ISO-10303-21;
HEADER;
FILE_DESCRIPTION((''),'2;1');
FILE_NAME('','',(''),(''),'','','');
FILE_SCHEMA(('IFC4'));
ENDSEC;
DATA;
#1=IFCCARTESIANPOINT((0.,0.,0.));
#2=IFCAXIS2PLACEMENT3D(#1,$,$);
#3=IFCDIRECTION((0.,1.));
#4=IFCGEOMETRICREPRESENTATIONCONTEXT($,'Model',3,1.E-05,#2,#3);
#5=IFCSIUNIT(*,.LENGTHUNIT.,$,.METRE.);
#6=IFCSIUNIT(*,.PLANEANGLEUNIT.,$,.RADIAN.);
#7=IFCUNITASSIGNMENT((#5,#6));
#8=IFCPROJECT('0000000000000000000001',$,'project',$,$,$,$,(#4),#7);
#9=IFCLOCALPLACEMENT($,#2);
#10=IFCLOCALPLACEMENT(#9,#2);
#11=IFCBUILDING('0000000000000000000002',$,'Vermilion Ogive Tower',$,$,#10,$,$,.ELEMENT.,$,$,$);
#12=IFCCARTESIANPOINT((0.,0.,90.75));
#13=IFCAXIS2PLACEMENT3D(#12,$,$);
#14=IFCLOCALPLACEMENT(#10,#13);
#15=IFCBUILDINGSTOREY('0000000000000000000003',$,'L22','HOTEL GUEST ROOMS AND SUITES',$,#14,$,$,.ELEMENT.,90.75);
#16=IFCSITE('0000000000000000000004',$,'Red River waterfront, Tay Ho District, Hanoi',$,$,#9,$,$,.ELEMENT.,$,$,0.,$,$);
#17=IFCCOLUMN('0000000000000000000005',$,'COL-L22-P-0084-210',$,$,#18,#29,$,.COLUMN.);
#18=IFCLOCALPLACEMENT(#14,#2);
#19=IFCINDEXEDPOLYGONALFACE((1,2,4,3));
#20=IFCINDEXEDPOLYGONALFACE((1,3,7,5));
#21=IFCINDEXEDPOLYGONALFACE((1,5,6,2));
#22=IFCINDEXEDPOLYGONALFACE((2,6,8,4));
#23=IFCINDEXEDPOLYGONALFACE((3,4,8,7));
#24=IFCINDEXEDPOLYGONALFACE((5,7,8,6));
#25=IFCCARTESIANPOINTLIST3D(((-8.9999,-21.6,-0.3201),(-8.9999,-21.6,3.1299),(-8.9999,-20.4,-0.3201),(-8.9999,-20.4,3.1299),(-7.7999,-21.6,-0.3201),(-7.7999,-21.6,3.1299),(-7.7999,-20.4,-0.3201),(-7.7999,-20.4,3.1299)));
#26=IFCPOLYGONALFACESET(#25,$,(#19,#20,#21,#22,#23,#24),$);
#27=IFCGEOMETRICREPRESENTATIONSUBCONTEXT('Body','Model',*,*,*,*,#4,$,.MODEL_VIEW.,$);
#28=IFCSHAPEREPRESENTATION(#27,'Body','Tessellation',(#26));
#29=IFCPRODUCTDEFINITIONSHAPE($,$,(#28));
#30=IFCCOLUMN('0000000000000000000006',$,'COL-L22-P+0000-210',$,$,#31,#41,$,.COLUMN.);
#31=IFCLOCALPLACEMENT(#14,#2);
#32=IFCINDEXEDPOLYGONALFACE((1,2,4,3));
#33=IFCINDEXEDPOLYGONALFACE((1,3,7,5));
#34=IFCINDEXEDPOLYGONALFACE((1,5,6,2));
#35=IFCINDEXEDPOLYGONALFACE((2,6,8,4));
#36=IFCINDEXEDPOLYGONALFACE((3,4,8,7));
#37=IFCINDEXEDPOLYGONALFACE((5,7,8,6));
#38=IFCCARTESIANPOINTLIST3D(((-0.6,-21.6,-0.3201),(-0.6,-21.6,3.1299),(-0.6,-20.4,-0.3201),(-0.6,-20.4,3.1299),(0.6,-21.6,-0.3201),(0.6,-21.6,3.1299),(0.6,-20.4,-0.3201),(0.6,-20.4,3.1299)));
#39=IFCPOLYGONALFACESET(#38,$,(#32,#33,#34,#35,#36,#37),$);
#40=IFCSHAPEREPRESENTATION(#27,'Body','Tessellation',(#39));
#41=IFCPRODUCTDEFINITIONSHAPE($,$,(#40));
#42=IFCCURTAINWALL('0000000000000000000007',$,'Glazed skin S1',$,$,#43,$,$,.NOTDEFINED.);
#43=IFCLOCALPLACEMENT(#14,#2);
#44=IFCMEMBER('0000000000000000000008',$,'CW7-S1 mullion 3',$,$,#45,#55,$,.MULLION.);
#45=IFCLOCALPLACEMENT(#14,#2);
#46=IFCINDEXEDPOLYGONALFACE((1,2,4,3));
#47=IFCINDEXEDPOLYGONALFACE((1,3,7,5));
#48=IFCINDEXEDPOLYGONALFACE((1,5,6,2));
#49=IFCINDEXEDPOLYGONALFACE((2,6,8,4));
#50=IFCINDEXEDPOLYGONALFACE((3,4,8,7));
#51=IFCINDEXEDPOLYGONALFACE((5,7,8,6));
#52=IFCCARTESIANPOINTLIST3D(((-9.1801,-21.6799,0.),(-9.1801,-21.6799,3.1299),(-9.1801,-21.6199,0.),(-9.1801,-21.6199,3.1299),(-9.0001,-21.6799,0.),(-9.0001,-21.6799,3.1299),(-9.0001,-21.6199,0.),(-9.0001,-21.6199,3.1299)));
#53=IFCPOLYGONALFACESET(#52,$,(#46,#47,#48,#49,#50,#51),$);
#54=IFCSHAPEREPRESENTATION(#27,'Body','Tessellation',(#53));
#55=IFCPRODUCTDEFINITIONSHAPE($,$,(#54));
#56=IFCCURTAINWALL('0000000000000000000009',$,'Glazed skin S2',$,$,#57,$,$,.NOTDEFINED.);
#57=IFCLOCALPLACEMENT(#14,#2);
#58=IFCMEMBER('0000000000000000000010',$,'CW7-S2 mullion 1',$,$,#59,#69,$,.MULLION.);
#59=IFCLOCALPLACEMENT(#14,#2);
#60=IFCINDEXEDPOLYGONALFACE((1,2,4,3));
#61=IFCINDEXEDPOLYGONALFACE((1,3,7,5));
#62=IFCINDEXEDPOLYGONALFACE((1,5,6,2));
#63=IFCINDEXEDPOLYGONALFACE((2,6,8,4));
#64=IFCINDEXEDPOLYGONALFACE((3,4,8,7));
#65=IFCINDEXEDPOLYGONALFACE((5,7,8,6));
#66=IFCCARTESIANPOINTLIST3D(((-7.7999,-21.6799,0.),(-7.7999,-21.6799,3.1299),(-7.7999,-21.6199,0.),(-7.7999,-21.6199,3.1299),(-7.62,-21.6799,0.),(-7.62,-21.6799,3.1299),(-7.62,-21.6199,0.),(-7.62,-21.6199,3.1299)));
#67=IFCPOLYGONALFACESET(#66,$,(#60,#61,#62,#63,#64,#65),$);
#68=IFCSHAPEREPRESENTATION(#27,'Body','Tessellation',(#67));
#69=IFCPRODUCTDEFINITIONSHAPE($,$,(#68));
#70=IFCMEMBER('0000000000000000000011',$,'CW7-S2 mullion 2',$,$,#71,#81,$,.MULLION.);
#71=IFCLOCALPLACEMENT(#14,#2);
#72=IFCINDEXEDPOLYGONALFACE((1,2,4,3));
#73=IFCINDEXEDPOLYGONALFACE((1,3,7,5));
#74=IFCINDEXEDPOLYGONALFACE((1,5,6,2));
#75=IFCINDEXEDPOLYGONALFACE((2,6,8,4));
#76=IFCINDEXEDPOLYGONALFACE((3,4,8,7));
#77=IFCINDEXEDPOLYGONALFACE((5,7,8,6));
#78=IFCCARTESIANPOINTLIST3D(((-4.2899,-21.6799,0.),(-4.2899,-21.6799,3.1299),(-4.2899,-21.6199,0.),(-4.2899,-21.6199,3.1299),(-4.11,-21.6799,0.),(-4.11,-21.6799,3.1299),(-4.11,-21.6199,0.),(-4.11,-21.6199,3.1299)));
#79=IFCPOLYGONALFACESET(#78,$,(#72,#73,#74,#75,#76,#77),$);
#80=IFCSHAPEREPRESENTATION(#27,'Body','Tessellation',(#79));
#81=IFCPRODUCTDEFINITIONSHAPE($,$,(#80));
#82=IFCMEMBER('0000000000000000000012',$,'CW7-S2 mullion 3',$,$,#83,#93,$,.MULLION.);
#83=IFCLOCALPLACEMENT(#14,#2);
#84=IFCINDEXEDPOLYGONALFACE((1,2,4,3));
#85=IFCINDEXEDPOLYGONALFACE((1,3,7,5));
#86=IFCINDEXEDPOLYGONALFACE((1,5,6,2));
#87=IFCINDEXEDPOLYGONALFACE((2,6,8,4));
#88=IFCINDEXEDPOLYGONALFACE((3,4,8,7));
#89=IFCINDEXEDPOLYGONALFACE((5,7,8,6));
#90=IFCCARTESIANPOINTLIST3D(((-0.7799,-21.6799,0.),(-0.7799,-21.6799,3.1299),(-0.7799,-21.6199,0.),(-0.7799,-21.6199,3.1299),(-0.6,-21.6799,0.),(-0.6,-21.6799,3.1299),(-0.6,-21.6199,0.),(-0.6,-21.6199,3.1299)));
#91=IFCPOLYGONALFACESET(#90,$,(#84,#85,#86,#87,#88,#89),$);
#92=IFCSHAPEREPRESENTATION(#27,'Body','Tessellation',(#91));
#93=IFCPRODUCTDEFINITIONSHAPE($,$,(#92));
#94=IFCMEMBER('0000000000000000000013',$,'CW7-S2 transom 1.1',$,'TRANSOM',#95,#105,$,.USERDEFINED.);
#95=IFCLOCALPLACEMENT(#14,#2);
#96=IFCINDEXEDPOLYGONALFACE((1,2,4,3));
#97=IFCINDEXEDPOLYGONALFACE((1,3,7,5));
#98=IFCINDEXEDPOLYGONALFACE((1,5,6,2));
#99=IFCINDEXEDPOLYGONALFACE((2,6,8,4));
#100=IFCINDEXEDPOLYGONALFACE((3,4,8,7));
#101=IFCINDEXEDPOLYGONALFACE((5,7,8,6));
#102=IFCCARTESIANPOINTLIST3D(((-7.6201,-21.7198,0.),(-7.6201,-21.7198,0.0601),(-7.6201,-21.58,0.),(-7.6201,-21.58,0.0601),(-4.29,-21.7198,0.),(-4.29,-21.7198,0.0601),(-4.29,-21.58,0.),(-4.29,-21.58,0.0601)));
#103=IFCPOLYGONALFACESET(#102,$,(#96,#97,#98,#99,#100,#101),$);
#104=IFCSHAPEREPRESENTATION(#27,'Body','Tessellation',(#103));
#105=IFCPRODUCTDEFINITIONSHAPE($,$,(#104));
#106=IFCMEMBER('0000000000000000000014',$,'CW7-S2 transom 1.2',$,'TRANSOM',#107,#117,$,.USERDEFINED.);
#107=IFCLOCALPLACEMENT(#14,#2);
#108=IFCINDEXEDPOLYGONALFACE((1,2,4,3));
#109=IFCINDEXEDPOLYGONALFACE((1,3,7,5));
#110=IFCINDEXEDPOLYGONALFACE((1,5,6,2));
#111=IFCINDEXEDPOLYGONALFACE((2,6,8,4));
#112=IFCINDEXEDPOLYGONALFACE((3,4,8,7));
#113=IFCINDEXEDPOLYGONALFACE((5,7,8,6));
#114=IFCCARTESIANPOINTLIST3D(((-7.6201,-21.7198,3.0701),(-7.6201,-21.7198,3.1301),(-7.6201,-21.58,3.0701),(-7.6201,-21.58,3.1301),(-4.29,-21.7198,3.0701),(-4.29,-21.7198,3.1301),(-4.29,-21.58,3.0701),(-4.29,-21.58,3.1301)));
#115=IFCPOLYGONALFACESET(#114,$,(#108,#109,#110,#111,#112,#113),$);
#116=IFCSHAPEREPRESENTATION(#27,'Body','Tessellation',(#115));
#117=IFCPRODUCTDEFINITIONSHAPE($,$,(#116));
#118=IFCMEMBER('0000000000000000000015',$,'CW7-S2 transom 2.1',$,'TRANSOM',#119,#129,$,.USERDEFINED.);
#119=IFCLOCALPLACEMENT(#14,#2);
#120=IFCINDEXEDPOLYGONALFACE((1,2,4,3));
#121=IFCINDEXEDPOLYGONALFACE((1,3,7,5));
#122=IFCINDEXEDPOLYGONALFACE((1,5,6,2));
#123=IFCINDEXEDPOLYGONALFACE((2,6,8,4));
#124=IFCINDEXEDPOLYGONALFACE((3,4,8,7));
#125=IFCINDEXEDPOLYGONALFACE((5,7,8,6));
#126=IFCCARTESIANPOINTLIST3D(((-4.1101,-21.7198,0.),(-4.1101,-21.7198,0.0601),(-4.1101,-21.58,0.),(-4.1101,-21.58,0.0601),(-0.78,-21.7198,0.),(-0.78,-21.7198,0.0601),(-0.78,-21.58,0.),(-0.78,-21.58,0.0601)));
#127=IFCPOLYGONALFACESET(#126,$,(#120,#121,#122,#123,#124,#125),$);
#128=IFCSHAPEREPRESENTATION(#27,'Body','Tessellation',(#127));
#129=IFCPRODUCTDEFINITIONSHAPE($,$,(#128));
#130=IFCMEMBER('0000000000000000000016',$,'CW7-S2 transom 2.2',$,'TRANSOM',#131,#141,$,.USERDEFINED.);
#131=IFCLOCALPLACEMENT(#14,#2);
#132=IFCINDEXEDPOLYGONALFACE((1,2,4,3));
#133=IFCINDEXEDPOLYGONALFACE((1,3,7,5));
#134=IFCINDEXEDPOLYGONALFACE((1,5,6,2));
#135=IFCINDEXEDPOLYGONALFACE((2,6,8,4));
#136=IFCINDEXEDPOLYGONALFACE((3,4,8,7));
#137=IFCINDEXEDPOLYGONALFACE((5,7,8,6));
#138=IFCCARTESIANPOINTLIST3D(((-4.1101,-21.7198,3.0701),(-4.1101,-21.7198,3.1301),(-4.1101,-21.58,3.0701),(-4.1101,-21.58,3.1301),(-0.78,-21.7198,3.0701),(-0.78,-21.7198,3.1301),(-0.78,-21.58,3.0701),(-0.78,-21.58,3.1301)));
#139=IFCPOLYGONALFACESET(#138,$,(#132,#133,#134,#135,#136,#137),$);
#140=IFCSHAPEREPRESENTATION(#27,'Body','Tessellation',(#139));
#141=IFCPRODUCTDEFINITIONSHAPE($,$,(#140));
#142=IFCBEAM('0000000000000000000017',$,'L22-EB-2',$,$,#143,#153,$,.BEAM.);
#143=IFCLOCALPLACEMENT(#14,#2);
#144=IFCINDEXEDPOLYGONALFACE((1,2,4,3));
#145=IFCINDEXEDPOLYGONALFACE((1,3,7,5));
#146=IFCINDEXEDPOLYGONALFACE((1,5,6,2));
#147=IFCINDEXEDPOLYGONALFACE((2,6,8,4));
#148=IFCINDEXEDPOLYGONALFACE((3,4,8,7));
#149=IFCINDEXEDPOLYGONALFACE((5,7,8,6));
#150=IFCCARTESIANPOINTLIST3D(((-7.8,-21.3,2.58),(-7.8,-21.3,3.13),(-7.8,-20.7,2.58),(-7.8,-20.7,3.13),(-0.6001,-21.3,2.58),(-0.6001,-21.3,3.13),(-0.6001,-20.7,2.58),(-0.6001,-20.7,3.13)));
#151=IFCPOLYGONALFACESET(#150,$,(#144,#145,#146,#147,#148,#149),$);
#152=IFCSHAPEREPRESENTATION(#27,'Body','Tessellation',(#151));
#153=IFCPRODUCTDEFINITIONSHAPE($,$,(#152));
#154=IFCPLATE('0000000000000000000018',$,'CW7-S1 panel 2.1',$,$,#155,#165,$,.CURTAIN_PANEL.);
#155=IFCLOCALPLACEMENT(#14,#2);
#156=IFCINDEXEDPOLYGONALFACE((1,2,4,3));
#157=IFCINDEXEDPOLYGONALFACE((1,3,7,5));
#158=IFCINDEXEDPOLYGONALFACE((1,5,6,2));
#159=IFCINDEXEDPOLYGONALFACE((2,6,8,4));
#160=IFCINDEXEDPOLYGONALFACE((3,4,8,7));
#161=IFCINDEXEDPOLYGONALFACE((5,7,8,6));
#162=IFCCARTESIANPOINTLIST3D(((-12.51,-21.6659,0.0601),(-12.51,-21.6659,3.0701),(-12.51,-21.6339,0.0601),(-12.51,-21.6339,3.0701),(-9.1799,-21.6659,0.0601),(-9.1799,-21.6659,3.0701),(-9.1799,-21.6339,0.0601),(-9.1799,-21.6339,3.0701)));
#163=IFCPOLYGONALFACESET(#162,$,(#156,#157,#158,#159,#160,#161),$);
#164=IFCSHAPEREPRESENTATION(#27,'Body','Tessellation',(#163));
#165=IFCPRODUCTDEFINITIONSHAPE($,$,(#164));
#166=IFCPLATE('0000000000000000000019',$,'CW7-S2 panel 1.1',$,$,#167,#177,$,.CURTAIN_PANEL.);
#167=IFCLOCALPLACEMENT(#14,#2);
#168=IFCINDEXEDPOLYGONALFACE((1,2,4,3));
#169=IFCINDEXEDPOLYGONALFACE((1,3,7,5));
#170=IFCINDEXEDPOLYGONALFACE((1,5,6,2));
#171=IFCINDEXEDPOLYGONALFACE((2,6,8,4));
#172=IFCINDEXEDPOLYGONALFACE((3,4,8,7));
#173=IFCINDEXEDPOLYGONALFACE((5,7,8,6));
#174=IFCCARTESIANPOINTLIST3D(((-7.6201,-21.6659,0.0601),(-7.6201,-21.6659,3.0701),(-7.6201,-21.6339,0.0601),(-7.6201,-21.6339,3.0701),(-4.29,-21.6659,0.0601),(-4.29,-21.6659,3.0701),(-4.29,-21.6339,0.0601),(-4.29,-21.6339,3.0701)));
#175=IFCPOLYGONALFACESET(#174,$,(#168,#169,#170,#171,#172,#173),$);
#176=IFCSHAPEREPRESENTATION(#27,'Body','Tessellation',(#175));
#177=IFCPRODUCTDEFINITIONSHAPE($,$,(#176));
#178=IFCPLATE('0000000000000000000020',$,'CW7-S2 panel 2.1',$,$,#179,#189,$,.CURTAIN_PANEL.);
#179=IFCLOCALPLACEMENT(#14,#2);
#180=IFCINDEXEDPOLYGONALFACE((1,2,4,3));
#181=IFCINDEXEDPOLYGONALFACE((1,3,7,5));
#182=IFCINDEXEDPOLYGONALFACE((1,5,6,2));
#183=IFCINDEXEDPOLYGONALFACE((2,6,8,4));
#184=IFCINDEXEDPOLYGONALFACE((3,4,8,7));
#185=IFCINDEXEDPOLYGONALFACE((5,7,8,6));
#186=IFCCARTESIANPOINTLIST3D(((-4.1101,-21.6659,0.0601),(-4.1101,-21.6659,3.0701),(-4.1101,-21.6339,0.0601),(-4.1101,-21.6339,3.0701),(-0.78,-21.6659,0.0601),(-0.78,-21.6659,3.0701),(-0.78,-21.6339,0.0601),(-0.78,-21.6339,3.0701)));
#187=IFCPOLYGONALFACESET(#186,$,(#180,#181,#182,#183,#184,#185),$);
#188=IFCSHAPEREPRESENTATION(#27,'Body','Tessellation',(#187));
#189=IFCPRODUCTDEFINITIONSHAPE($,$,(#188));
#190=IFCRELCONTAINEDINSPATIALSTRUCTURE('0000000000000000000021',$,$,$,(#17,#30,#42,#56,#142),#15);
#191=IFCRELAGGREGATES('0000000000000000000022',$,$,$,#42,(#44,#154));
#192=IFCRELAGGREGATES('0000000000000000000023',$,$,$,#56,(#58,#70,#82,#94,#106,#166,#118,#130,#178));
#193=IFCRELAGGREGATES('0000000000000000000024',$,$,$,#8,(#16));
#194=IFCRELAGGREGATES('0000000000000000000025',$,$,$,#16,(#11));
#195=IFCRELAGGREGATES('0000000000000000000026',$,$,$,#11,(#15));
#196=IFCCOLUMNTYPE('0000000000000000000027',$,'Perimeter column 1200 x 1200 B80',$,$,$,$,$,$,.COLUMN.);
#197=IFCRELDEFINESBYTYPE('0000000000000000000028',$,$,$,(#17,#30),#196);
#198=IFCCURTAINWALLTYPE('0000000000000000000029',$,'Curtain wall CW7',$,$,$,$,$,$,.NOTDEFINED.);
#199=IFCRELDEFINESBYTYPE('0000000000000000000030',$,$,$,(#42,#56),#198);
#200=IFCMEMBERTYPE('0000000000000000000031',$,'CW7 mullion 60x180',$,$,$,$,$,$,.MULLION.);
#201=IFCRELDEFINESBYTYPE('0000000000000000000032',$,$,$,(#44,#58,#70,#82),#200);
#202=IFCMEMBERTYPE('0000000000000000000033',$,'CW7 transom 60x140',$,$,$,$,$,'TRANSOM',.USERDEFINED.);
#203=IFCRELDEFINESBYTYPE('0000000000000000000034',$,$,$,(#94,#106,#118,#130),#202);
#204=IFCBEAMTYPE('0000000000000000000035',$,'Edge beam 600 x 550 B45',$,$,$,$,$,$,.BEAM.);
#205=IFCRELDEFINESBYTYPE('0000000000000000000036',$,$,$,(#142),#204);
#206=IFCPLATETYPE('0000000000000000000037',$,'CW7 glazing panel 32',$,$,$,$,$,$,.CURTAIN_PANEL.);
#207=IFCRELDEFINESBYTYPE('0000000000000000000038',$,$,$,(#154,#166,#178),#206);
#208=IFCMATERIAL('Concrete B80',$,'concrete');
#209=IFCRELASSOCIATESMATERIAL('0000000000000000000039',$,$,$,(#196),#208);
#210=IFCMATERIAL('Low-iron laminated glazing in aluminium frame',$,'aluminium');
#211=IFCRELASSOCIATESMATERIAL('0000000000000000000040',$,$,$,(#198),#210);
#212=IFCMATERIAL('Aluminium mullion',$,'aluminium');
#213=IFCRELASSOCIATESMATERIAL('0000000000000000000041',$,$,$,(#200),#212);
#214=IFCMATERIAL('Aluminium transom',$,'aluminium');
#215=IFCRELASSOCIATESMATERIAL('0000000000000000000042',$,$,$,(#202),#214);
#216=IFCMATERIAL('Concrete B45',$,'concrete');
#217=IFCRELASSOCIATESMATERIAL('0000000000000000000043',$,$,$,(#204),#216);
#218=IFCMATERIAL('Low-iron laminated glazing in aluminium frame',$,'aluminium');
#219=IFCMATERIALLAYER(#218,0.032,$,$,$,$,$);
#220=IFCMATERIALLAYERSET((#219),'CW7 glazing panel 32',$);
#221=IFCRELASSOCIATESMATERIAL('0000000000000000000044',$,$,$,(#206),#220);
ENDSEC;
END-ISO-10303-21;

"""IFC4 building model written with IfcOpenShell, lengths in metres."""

from ifc_helpers import new_model, si_unit, direction, frame, origin, origin_2d, place, context, subcontext, project, spatial, rectangle, extrude, material, layer, layer_set, material_profile, profile_set, type_object, element, aggregate, save


model = new_model("IFC4")

# Units and contexts
model_context = context("Model", 3, precision=1e-05, world=origin(), true_north=direction((0.0, 1.0)))
body_context = subcontext(model_context, "Body", "Model", "MODEL_VIEW")
ifc_project = project(units=[si_unit("LENGTHUNIT", "METRE"), si_unit("PLANEANGLEUNIT", "RADIAN")], contexts=[model_context])

# Site, building, storey
site_placement = place(None, origin())
site = spatial("IfcSite", under=ifc_project, at=site_placement, Name="Red River waterfront, Tay Ho District, Hanoi", CompositionType="ELEMENT", RefElevation=0.0)
building_placement = place(site_placement, origin())
building = spatial("IfcBuilding", under=site, at=building_placement, Name="Vermilion Ogive Tower", CompositionType="ELEMENT")
storey_placement = place(building_placement, frame((0.0, 0.0, 90.75)))
storey = spatial("IfcBuildingStorey", under=building, at=storey_placement, Name="L22", Description="HOTEL GUEST ROOMS AND SUITES", CompositionType="ELEMENT", Elevation=90.75)

# Columns
ifc_material_1 = material(Name="Concrete B80", Category="concrete")
ifc_material_profile_1 = material_profile(ifc_material_1, rectangle(XDim=1.2, YDim=1.2, at=origin_2d()), Name="1200 x 1200")
ifc_profile_set_1 = profile_set([ifc_material_profile_1], Name="Concrete B80")
column_type = type_object("IfcColumnType", Name="Perimeter column 1200 x 1200 B80", PredefinedType="COLUMN", material=ifc_profile_set_1)
for number, where, z_axis, x_axis, name in (
    (1, (-8.3999, -21.0, -0.3201), (0.0, 0.0, 1.0), (1.0, 0.0, 0.0), "COL-L22-P-0084-210"),
    (2, (0.0, -21.0, -0.3201), (0.0, 0.0, 1.0), (1.0, 0.0, 0.0), "COL-L22-P+0000-210"),
):
    element("IfcColumn", number, at=place(storey_placement, frame(where, z_axis=z_axis, x_axis=x_axis)), inside=storey, type_object=column_type, Name=name, PredefinedType="COLUMN", context=body_context, shape_type="SweptSolid", body=[
        extrude(rectangle(XDim=1.2, YDim=1.2, at=origin_2d()), origin(), (0.0, 0.0, 1.0), 3.45),
    ])

# Curtain wall, member
ifc_material_2 = material(Name="Low-iron laminated glazing in aluminium frame", Category="aluminium")
curtain_wall_type = type_object("IfcCurtainWallType", Name="Curtain wall CW7", PredefinedType="NOTDEFINED", material=ifc_material_2)
curtain_wall_1_placement = place(storey_placement, origin())
curtain_wall_1 = element("IfcCurtainWall", 3, at=curtain_wall_1_placement, inside=storey, type_object=curtain_wall_type, Name="Glazed skin S1", PredefinedType="NOTDEFINED")
ifc_material_3 = material(Name="Aluminium mullion", Category="aluminium")
ifc_material_profile_2 = material_profile(ifc_material_3, rectangle(XDim=0.0601, YDim=0.1799, at=origin_2d()), Name="AL 60x180")
ifc_profile_set_2 = profile_set([ifc_material_profile_2], Name="Aluminium mullion")
member_type_1 = type_object("IfcMemberType", Name="CW7 mullion 60x180", PredefinedType="MULLION", material=ifc_profile_set_2)
member_1_placement = place(storey_placement, frame((-9.0901, -21.6499, 0.0), z_axis=(0.0, 0.0, 1.0), x_axis=(0.0, 1.0, 0.0)))
member_1 = element("IfcMember", 4, at=member_1_placement, type_object=member_type_1, Name="CW7-S1 mullion 3", PredefinedType="MULLION", context=body_context, shape_type="SweptSolid", body=[
    extrude(rectangle(XDim=0.0601, YDim=0.1799, at=origin_2d()), origin(), (0.0, 0.0, 1.0), 3.1299),
])

# Curtain wall, members
curtain_wall_2_placement = place(storey_placement, origin())
curtain_wall_2 = element("IfcCurtainWall", 5, at=curtain_wall_2_placement, inside=storey, type_object=curtain_wall_type, Name="Glazed skin S2", PredefinedType="NOTDEFINED")
member_2_placement = place(storey_placement, frame((-7.71, -21.6499, 0.0), z_axis=(0.0, 0.0, 1.0), x_axis=(0.0, 1.0, 0.0)))
member_2 = element("IfcMember", 6, at=member_2_placement, type_object=member_type_1, Name="CW7-S2 mullion 1", PredefinedType="MULLION", context=body_context, shape_type="SweptSolid", body=[
    extrude(rectangle(XDim=0.0601, YDim=0.1799, at=origin_2d()), origin(), (0.0, 0.0, 1.0), 3.1299),
])
member_3_placement = place(storey_placement, frame((-4.2, -21.6499, 0.0), z_axis=(0.0, 0.0, 1.0), x_axis=(0.0, 1.0, 0.0)))
member_3 = element("IfcMember", 7, at=member_3_placement, type_object=member_type_1, Name="CW7-S2 mullion 2", PredefinedType="MULLION", context=body_context, shape_type="SweptSolid", body=[
    extrude(rectangle(XDim=0.0601, YDim=0.1799, at=origin_2d()), origin(), (0.0, 0.0, 1.0), 3.1299),
])
member_4_placement = place(storey_placement, frame((-0.6899, -21.6499, 0.0), z_axis=(0.0, 0.0, 1.0), x_axis=(0.0, 1.0, 0.0)))
member_4 = element("IfcMember", 8, at=member_4_placement, type_object=member_type_1, Name="CW7-S2 mullion 3", PredefinedType="MULLION", context=body_context, shape_type="SweptSolid", body=[
    extrude(rectangle(XDim=0.0601, YDim=0.1799, at=origin_2d()), origin(), (0.0, 0.0, 1.0), 3.1299),
])
ifc_material_4 = material(Name="Aluminium transom", Category="aluminium")
ifc_material_profile_3 = material_profile(ifc_material_4, rectangle(XDim=0.1399, YDim=0.0601, at=origin_2d()), Name="AL 60x140")
ifc_profile_set_3 = profile_set([ifc_material_profile_3], Name="Aluminium transom")
member_type_2 = type_object("IfcMemberType", Name="CW7 transom 60x140", ElementType="TRANSOM", PredefinedType="USERDEFINED", material=ifc_profile_set_3)
member_5_placement = place(storey_placement, frame((-7.6201, -21.6499, 0.03), z_axis=(1.0, 0.0, 0.0), x_axis=(0.0, 1.0, 0.0)))
member_5 = element("IfcMember", 9, at=member_5_placement, type_object=member_type_2, Name="CW7-S2 transom 1.1", ObjectType="TRANSOM", PredefinedType="USERDEFINED", context=body_context, shape_type="SweptSolid", body=[
    extrude(rectangle(XDim=0.1399, YDim=0.0601, at=origin_2d()), origin(), (0.0, 0.0, 1.0), 3.3301),
])
member_6_placement = place(storey_placement, frame((-7.6201, -21.6499, 3.1001), z_axis=(1.0, 0.0, 0.0), x_axis=(0.0, 1.0, 0.0)))
member_6 = element("IfcMember", 10, at=member_6_placement, type_object=member_type_2, Name="CW7-S2 transom 1.2", ObjectType="TRANSOM", PredefinedType="USERDEFINED", context=body_context, shape_type="SweptSolid", body=[
    extrude(rectangle(XDim=0.1399, YDim=0.0601, at=origin_2d()), origin(), (0.0, 0.0, 1.0), 3.3301),
])
member_7_placement = place(storey_placement, frame((-4.1101, -21.6499, 0.03), z_axis=(1.0, 0.0, 0.0), x_axis=(0.0, 1.0, 0.0)))
member_7 = element("IfcMember", 11, at=member_7_placement, type_object=member_type_2, Name="CW7-S2 transom 2.1", ObjectType="TRANSOM", PredefinedType="USERDEFINED", context=body_context, shape_type="SweptSolid", body=[
    extrude(rectangle(XDim=0.1399, YDim=0.0601, at=origin_2d()), origin(), (0.0, 0.0, 1.0), 3.3301),
])
member_8_placement = place(storey_placement, frame((-4.1101, -21.6499, 3.1001), z_axis=(1.0, 0.0, 0.0), x_axis=(0.0, 1.0, 0.0)))
member_8 = element("IfcMember", 12, at=member_8_placement, type_object=member_type_2, Name="CW7-S2 transom 2.2", ObjectType="TRANSOM", PredefinedType="USERDEFINED", context=body_context, shape_type="SweptSolid", body=[
    extrude(rectangle(XDim=0.1399, YDim=0.0601, at=origin_2d()), origin(), (0.0, 0.0, 1.0), 3.3301),
])

# Beam
ifc_material_5 = material(Name="Concrete B45", Category="concrete")
ifc_material_profile_4 = material_profile(ifc_material_5, rectangle(XDim=0.6001, YDim=0.55, at=origin_2d()), Name="600 x 550")
ifc_profile_set_4 = profile_set([ifc_material_profile_4], Name="Concrete B45")
beam_type = type_object("IfcBeamType", Name="Edge beam 600 x 550 B45", PredefinedType="BEAM", material=ifc_profile_set_4)
beam_placement = place(storey_placement, frame((-7.8, -21.0, 2.855), z_axis=(1.0, 0.0, 0.0), x_axis=(0.0, 1.0, 0.0)))
element("IfcBeam", 13, at=beam_placement, inside=storey, type_object=beam_type, Name="L22-EB-2", PredefinedType="BEAM", context=body_context, shape_type="SweptSolid", body=[
    extrude(rectangle(XDim=0.6001, YDim=0.55, at=origin_2d()), origin(), (0.0, 0.0, 1.0), 7.2),
])

# Plates
ifc_material_6 = material(Name="Low-iron laminated glazing in aluminium frame", Category="aluminium")
ifc_layer_1 = layer(ifc_material_6, 0.032)
ifc_layer_set_1 = layer_set([ifc_layer_1], Name="CW7 glazing panel 32")
plate_type = type_object("IfcPlateType", Name="CW7 glazing panel 32", PredefinedType="CURTAIN_PANEL", material=ifc_layer_set_1)
plate_1_placement = place(storey_placement, frame((-10.845, -21.6499, 0.0601), z_axis=(0.0, 0.0, 1.0), x_axis=(1.0, 0.0, 0.0)))
plate_1 = element("IfcPlate", 14, at=plate_1_placement, type_object=plate_type, Name="CW7-S1 panel 2.1", PredefinedType="CURTAIN_PANEL", context=body_context, shape_type="SweptSolid", body=[
    extrude(rectangle(XDim=3.3301, YDim=0.032, at=origin_2d()), origin(), (0.0, 0.0, 1.0), 3.01),
])
aggregate(curtain_wall_1, [member_1, plate_1])
plate_2_placement = place(storey_placement, frame((-5.9551, -21.6499, 0.0601), z_axis=(0.0, 0.0, 1.0), x_axis=(1.0, 0.0, 0.0)))
plate_2 = element("IfcPlate", 15, at=plate_2_placement, type_object=plate_type, Name="CW7-S2 panel 1.1", PredefinedType="CURTAIN_PANEL", context=body_context, shape_type="SweptSolid", body=[
    extrude(rectangle(XDim=3.3301, YDim=0.032, at=origin_2d()), origin(), (0.0, 0.0, 1.0), 3.01),
])
plate_3_placement = place(storey_placement, frame((-2.4451, -21.6499, 0.0601), z_axis=(0.0, 0.0, 1.0), x_axis=(1.0, 0.0, 0.0)))
plate_3 = element("IfcPlate", 16, at=plate_3_placement, type_object=plate_type, Name="CW7-S2 panel 2.1", PredefinedType="CURTAIN_PANEL", context=body_context, shape_type="SweptSolid", body=[
    extrude(rectangle(XDim=3.3301, YDim=0.032, at=origin_2d()), origin(), (0.0, 0.0, 1.0), 3.01),
])
aggregate(curtain_wall_2, [member_2, member_3, member_4, member_5, member_6, plate_2, member_7, member_8, plate_3])

save(model, "model.ifc")
